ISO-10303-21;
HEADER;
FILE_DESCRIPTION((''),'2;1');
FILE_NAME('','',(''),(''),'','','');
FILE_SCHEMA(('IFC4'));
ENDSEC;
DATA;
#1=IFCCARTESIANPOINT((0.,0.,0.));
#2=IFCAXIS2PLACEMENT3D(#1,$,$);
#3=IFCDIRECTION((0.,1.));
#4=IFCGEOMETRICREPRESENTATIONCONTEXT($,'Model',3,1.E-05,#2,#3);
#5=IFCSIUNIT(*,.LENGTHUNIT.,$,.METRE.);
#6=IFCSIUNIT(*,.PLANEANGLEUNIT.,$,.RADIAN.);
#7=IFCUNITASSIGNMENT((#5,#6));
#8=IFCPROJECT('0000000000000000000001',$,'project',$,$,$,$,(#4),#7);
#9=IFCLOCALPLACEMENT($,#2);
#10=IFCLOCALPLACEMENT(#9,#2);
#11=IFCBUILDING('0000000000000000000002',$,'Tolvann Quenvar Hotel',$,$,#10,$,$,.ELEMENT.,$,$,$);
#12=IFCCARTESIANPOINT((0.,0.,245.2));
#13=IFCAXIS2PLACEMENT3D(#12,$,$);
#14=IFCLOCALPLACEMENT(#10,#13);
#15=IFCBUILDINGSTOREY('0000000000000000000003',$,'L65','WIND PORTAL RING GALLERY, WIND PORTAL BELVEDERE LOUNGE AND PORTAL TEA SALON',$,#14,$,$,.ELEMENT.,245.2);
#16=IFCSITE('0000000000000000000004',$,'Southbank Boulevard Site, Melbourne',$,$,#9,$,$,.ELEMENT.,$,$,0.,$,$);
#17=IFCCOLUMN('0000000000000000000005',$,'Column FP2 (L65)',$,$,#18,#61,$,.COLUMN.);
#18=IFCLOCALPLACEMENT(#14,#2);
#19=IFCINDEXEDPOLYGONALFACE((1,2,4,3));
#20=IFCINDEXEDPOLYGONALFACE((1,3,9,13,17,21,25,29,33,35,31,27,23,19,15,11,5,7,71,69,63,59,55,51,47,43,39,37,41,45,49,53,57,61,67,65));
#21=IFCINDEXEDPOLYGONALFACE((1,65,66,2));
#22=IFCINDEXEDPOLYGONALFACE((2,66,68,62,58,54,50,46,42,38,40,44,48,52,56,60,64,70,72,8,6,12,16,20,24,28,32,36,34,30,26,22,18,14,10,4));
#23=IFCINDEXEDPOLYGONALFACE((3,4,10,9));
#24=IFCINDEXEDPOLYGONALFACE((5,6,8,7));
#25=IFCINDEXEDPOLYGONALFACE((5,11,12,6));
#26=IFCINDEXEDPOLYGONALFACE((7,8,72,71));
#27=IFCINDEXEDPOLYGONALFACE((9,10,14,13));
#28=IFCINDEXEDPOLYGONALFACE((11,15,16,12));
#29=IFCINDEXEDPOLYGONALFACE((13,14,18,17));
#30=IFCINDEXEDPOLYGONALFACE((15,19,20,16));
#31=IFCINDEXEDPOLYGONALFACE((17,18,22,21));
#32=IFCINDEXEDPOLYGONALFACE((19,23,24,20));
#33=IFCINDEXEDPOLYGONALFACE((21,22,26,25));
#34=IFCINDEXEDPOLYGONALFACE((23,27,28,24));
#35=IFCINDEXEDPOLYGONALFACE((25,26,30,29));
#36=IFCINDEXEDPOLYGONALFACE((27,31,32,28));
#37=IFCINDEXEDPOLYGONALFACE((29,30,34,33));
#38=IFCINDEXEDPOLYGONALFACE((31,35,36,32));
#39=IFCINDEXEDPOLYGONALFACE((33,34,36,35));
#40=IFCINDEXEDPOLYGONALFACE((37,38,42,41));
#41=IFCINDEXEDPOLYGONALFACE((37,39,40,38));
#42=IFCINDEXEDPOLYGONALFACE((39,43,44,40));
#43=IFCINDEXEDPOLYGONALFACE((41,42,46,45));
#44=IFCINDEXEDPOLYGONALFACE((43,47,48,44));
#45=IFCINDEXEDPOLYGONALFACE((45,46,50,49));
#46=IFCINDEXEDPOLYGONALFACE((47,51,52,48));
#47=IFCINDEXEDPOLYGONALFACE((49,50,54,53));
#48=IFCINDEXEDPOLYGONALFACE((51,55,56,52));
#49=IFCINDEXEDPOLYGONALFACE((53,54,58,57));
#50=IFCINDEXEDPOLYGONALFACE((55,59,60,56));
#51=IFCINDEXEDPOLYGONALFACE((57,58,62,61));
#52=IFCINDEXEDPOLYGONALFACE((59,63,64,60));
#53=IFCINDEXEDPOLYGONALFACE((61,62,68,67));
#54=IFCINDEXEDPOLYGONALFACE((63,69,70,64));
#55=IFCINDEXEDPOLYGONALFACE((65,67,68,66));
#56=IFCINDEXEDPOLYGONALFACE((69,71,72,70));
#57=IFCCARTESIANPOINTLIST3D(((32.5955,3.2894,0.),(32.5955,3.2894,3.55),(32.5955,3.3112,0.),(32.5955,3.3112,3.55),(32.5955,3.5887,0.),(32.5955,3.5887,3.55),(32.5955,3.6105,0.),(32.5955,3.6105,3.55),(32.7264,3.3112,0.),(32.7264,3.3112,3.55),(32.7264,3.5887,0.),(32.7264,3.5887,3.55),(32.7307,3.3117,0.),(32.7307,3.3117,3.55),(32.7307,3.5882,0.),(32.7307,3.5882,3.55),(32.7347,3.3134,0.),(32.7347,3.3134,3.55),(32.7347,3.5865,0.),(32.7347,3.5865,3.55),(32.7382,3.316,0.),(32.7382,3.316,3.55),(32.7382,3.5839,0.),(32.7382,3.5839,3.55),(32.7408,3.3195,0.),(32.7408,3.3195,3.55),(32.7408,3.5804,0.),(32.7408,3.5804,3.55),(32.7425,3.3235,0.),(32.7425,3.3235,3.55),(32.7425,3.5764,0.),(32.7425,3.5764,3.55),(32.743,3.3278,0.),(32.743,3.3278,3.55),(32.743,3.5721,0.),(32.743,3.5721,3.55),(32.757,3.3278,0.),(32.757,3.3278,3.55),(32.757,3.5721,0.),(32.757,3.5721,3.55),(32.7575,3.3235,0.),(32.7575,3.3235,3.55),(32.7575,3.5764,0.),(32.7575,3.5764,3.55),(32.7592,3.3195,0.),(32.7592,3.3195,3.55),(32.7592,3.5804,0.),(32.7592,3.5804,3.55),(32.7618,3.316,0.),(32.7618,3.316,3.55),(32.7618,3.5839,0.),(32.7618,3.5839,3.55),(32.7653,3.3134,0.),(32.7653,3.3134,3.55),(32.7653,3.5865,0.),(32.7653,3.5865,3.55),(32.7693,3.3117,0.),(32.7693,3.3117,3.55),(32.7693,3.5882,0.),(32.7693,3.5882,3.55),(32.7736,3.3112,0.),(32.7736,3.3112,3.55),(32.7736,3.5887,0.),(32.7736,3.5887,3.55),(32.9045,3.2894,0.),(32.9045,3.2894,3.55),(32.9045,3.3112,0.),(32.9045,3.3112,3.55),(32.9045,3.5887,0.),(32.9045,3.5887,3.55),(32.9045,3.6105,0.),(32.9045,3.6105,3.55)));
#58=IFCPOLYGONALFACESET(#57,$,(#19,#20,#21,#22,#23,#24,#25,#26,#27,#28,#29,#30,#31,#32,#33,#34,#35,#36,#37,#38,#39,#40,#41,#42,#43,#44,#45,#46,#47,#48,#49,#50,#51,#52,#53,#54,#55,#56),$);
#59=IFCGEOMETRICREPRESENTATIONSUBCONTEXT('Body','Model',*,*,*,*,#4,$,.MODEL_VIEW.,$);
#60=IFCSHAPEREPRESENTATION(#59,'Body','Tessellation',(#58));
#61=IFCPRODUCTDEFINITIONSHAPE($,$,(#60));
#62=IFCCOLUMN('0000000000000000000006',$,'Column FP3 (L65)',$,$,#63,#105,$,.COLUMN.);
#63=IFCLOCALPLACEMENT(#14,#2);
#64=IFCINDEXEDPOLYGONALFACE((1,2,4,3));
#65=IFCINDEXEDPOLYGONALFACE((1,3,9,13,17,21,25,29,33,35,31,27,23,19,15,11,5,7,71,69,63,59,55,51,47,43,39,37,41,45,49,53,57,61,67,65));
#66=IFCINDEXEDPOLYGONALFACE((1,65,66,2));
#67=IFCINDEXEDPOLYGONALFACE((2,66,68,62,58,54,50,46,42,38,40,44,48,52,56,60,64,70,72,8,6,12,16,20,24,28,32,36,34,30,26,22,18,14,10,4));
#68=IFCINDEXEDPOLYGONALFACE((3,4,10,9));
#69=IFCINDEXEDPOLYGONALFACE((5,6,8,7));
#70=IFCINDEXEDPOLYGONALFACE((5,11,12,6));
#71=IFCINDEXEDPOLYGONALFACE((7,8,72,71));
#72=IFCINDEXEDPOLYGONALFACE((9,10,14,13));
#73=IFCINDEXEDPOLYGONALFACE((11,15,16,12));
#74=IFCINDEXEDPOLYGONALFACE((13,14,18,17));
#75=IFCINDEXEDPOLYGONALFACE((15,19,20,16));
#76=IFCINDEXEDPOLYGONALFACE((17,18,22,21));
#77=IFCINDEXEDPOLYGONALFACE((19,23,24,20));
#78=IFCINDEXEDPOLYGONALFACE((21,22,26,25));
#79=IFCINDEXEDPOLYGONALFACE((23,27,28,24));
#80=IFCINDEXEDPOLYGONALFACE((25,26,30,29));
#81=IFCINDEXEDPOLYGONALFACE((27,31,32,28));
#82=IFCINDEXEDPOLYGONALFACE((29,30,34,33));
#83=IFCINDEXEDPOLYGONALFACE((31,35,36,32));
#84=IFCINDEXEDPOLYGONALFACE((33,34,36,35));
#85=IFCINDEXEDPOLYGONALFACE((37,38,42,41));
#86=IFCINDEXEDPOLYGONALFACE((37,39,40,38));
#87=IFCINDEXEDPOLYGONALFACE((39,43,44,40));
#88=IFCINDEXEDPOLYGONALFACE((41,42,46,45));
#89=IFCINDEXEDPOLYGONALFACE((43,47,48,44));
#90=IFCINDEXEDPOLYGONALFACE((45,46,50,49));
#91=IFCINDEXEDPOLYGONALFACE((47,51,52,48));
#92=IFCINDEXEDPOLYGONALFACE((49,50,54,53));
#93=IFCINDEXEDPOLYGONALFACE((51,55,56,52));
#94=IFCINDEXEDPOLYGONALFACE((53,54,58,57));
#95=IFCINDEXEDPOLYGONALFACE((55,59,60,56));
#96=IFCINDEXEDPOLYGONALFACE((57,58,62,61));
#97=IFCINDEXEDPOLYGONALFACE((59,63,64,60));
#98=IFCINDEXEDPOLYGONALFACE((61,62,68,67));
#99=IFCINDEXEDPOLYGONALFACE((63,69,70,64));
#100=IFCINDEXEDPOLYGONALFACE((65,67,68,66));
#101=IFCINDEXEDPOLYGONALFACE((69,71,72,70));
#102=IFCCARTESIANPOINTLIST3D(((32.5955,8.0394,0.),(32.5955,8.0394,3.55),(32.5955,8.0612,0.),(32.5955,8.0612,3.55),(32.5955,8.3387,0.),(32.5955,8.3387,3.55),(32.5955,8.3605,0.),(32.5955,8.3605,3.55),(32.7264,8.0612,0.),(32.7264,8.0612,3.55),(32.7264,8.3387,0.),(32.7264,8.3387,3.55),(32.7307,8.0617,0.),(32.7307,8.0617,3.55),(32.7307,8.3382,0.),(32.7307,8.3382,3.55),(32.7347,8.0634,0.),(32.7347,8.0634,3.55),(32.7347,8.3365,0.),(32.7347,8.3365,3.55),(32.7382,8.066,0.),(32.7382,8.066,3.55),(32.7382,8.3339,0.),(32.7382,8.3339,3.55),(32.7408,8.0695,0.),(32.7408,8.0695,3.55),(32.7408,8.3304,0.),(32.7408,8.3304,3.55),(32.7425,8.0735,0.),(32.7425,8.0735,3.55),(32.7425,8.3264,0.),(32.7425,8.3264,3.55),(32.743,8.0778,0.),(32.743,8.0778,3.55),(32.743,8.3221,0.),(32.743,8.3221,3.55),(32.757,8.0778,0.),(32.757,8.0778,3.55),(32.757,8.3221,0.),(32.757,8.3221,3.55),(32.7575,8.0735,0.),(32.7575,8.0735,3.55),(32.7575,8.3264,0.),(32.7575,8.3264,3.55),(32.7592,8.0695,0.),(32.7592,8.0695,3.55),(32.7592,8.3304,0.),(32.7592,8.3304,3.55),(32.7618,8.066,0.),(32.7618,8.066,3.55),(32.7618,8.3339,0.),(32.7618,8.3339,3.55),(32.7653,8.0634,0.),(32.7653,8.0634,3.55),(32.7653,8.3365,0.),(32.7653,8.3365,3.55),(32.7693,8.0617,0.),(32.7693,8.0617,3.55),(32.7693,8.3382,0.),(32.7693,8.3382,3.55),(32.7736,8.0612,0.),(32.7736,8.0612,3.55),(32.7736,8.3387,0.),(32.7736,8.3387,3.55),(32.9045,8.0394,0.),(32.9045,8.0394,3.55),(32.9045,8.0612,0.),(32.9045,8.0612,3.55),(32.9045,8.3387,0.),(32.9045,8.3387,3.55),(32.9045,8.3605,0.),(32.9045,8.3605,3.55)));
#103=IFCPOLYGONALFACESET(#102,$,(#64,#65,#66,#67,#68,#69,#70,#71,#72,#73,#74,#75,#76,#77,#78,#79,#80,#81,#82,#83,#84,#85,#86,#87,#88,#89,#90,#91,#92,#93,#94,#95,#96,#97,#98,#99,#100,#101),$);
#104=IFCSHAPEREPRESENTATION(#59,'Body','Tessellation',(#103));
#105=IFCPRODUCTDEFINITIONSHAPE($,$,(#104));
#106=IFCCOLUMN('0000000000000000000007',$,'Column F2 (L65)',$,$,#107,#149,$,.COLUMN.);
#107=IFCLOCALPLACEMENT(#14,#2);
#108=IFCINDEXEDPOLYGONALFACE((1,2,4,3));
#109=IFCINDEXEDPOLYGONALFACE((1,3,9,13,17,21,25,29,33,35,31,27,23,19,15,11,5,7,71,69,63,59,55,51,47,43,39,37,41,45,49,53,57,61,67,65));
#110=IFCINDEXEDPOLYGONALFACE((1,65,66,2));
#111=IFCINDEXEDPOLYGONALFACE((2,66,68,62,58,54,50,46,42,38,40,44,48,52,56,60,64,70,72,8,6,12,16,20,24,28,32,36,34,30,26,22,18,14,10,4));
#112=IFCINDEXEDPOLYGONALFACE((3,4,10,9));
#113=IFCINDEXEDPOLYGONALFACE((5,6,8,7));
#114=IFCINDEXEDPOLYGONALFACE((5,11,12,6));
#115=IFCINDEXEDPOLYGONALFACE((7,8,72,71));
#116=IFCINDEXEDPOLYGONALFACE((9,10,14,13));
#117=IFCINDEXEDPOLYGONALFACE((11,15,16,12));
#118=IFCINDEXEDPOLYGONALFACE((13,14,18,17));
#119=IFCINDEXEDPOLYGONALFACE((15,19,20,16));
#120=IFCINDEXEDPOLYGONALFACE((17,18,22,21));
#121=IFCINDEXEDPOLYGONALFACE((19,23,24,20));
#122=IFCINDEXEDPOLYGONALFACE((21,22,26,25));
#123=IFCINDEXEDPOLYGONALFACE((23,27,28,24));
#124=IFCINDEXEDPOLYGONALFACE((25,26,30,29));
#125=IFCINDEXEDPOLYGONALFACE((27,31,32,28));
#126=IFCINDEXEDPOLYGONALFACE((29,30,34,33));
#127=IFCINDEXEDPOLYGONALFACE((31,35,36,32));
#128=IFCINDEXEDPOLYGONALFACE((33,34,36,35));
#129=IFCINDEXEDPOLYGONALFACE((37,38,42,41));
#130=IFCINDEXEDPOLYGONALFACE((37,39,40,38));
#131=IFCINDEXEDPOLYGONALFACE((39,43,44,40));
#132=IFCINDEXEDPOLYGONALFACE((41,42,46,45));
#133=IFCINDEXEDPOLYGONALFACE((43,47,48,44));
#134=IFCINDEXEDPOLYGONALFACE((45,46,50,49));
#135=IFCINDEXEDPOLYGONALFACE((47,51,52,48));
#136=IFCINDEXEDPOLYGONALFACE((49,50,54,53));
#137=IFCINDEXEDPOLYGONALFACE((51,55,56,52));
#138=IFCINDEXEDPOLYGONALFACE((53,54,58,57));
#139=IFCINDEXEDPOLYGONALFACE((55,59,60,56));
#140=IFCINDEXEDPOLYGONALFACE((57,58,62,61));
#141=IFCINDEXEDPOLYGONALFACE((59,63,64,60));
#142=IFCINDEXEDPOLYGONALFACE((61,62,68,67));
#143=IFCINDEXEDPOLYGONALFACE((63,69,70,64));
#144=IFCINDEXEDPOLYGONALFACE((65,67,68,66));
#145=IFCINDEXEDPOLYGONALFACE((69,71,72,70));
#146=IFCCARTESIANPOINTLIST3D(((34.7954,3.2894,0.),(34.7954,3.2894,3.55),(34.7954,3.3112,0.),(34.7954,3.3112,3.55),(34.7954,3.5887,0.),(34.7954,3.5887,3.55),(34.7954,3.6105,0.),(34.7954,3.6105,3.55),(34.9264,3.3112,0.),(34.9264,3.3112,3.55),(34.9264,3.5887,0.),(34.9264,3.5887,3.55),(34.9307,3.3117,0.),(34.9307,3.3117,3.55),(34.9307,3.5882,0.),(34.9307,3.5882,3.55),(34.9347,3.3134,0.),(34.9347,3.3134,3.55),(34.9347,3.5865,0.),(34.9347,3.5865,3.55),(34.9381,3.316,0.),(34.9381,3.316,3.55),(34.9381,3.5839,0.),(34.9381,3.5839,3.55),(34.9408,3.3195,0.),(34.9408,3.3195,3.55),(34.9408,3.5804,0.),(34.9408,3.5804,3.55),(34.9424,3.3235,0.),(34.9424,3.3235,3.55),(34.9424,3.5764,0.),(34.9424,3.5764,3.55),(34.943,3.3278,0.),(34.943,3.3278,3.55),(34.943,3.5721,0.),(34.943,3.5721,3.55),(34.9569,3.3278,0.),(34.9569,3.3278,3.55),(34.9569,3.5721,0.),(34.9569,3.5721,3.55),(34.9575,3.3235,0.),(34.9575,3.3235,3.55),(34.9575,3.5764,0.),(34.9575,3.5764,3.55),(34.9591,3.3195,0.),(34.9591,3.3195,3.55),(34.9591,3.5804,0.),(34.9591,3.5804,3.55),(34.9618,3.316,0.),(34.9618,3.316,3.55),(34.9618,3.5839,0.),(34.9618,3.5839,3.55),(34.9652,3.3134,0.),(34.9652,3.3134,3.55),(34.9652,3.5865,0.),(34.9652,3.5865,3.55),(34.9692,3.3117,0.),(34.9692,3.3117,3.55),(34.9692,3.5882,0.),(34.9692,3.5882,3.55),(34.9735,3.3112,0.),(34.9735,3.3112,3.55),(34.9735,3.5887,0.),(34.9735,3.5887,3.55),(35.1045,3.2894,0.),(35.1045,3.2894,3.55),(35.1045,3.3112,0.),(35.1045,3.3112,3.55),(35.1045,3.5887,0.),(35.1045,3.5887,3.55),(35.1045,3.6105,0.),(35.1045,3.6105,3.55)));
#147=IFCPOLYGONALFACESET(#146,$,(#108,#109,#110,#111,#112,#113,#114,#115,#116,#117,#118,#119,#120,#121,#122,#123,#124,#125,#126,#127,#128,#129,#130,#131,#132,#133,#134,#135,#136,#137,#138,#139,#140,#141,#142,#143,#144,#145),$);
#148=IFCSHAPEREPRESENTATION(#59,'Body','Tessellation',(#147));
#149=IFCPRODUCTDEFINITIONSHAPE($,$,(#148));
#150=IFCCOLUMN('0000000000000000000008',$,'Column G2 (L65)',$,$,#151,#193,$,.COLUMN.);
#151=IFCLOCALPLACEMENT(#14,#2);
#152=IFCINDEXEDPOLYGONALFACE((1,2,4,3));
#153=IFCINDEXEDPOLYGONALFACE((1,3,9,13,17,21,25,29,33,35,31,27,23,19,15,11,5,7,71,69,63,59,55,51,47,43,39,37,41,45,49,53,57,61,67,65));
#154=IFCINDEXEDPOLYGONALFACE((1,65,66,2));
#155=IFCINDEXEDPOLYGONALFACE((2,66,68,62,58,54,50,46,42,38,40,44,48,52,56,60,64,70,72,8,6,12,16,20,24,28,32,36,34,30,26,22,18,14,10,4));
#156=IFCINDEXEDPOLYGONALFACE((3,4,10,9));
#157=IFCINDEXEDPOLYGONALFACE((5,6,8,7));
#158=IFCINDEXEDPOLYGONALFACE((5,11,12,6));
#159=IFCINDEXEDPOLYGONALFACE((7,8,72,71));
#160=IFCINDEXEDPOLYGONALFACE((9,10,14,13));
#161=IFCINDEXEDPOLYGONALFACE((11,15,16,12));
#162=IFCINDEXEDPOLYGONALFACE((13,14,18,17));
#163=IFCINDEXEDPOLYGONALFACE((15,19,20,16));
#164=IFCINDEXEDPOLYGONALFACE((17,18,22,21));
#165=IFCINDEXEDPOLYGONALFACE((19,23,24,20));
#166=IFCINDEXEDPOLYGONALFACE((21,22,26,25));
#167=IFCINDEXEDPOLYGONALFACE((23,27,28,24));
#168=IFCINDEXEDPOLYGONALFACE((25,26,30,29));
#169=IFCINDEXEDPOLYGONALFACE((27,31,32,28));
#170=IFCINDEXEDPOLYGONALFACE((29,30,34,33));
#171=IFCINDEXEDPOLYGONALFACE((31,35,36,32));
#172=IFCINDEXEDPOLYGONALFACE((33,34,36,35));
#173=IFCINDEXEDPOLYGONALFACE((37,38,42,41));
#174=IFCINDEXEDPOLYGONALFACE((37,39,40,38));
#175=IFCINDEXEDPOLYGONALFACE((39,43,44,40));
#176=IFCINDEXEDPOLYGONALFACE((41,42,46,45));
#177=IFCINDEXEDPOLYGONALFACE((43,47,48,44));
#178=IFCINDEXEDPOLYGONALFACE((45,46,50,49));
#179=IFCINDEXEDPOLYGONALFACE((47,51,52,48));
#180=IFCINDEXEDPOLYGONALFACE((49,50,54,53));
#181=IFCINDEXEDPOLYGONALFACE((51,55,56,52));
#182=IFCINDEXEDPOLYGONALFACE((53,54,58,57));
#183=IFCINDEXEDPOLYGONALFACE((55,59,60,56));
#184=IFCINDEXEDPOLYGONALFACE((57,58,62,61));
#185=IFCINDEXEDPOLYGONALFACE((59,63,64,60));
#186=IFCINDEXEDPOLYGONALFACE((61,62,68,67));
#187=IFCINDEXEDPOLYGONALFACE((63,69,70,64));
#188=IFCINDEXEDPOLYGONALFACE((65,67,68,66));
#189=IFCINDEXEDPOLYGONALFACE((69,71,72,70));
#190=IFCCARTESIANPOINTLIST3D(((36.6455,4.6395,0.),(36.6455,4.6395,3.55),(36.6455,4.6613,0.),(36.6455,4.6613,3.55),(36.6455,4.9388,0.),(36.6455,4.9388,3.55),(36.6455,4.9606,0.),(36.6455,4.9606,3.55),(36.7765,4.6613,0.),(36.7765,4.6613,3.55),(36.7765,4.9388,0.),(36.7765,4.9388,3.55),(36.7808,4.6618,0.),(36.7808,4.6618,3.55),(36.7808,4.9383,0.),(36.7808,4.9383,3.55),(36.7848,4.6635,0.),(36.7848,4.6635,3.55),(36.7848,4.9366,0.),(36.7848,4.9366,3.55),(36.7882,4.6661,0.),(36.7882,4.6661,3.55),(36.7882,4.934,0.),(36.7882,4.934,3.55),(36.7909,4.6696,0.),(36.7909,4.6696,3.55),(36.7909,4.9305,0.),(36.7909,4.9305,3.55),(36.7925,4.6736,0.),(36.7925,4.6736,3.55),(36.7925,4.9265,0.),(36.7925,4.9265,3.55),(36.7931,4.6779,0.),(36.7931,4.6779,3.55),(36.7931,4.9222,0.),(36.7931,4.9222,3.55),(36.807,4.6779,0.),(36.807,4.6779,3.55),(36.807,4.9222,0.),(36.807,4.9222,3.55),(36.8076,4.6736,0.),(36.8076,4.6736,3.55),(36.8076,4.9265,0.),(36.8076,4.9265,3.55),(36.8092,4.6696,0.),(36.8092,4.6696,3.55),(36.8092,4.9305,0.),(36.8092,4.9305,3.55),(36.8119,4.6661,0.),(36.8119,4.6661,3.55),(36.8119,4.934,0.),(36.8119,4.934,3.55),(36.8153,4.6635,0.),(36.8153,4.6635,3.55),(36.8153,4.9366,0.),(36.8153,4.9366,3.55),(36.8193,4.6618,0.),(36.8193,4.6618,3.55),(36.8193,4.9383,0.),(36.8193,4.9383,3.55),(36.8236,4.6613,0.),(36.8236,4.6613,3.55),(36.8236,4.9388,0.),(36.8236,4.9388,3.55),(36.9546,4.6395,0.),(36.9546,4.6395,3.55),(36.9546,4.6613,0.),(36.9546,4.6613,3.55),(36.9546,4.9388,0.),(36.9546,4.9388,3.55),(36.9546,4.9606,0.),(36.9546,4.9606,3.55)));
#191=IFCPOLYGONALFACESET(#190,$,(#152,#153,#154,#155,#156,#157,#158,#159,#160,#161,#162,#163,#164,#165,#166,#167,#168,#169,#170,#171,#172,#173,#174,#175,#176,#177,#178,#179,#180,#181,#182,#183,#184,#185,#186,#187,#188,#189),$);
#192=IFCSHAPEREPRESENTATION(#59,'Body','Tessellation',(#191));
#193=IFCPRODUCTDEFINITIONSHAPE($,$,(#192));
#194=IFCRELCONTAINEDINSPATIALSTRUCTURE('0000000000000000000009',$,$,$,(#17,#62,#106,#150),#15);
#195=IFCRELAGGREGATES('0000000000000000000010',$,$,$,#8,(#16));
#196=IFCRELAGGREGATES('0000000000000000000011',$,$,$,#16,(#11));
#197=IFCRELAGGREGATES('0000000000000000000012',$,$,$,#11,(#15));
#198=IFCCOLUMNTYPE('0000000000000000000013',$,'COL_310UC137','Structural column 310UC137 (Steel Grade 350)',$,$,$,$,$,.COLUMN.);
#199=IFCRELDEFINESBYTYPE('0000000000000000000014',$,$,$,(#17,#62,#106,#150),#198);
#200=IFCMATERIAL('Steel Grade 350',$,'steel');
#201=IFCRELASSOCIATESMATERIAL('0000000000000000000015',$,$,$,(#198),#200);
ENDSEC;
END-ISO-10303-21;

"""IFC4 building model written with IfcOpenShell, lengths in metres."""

from ifc_helpers import new_model, si_unit, direction, frame, origin, origin_2d, place, context, subcontext, project, spatial, i_section, extrude, source, transform, mapped, material, material_profile, profile_set, type_object, type_shapes, element, save


model = new_model("IFC4")

# Units and contexts
model_context = context("Model", 3, precision=1e-05, world=origin(), true_north=direction((0.0, 1.0)))
body_context = subcontext(model_context, "Body", "Model", "MODEL_VIEW")
ifc_project = project(units=[si_unit("LENGTHUNIT", "METRE"), si_unit("PLANEANGLEUNIT", "RADIAN")], contexts=[model_context])

# Site, building, storey
site_placement = place(None, origin())
site = spatial("IfcSite", under=ifc_project, at=site_placement, Name="Southbank Boulevard Site, Melbourne", CompositionType="ELEMENT", RefElevation=0.0)
building_placement = place(site_placement, origin())
building = spatial("IfcBuilding", under=site, at=building_placement, Name="Tolvann Quenvar Hotel", CompositionType="ELEMENT")
storey_placement = place(building_placement, frame((0.0, 0.0, 245.2)))
storey = spatial("IfcBuildingStorey", under=building, at=storey_placement, Name="L65", Description="WIND PORTAL RING GALLERY, WIND PORTAL BELVEDERE LOUNGE AND PORTAL TEA SALON", CompositionType="ELEMENT", Elevation=245.2)

# Columns
ifc_material_1 = material(Name="Steel Grade 350", Category="steel")
ifc_material_profile_1 = material_profile(ifc_material_1, i_section(OverallWidth=0.3091, OverallDepth=0.321, WebThickness=0.0139, FlangeThickness=0.0217, FilletRadius=0.0166, at=origin_2d()), Name="310UC137")
ifc_profile_set_1 = profile_set([ifc_material_profile_1], Name="Steel Grade 350")
column_type_1 = type_object("IfcColumnType", Name="COL_310UC137", Description="Structural column 310UC137 (Steel Grade 350)", PredefinedType="COLUMN", material=ifc_profile_set_1)
shared_shape_1 = source(origin(), body_context, "Body", "SweptSolid", [
    extrude(i_section(OverallWidth=0.3091, OverallDepth=0.321, WebThickness=0.0139, FlangeThickness=0.0217, FilletRadius=0.0166, at=origin_2d()), origin(), (0.0, 0.0, 1.0), 3.55),
])
type_shapes(column_type_1, [shared_shape_1])
for number, where, z_axis, x_axis, name in (
    (1, (32.75, 3.45, 0.0), (0.0, 0.0, 1.0), (1.0, 0.0, 0.0), "Column FP2 (L65)"),
    (2, (32.75, 8.2, 0.0), (0.0, 0.0, 1.0), (1.0, 0.0, 0.0), "Column FP3 (L65)"),
    (3, (34.95, 3.45, 0.0), (0.0, 0.0, 1.0), (1.0, 0.0, 0.0), "Column F2 (L65)"),
    (4, (36.8, 4.8, 0.0), (0.0, 0.0, 1.0), (1.0, 0.0, 0.0), "Column G2 (L65)"),
):
    element("IfcColumn", number, at=place(storey_placement, frame(where, z_axis=z_axis, x_axis=x_axis)), inside=storey, type_object=column_type_1, Name=name, PredefinedType="COLUMN", context=body_context, shape_type="MappedRepresentation", body=[
        mapped(shared_shape_1, transform((0.0, 0.0, 0.0), x_axis=(1.0, 0.0, 0.0), y_axis=(0.0, 1.0, 0.0), z_axis=(0.0, 0.0, 1.0), scale=1.0)),
    ])

save(model, "model.ifc")
